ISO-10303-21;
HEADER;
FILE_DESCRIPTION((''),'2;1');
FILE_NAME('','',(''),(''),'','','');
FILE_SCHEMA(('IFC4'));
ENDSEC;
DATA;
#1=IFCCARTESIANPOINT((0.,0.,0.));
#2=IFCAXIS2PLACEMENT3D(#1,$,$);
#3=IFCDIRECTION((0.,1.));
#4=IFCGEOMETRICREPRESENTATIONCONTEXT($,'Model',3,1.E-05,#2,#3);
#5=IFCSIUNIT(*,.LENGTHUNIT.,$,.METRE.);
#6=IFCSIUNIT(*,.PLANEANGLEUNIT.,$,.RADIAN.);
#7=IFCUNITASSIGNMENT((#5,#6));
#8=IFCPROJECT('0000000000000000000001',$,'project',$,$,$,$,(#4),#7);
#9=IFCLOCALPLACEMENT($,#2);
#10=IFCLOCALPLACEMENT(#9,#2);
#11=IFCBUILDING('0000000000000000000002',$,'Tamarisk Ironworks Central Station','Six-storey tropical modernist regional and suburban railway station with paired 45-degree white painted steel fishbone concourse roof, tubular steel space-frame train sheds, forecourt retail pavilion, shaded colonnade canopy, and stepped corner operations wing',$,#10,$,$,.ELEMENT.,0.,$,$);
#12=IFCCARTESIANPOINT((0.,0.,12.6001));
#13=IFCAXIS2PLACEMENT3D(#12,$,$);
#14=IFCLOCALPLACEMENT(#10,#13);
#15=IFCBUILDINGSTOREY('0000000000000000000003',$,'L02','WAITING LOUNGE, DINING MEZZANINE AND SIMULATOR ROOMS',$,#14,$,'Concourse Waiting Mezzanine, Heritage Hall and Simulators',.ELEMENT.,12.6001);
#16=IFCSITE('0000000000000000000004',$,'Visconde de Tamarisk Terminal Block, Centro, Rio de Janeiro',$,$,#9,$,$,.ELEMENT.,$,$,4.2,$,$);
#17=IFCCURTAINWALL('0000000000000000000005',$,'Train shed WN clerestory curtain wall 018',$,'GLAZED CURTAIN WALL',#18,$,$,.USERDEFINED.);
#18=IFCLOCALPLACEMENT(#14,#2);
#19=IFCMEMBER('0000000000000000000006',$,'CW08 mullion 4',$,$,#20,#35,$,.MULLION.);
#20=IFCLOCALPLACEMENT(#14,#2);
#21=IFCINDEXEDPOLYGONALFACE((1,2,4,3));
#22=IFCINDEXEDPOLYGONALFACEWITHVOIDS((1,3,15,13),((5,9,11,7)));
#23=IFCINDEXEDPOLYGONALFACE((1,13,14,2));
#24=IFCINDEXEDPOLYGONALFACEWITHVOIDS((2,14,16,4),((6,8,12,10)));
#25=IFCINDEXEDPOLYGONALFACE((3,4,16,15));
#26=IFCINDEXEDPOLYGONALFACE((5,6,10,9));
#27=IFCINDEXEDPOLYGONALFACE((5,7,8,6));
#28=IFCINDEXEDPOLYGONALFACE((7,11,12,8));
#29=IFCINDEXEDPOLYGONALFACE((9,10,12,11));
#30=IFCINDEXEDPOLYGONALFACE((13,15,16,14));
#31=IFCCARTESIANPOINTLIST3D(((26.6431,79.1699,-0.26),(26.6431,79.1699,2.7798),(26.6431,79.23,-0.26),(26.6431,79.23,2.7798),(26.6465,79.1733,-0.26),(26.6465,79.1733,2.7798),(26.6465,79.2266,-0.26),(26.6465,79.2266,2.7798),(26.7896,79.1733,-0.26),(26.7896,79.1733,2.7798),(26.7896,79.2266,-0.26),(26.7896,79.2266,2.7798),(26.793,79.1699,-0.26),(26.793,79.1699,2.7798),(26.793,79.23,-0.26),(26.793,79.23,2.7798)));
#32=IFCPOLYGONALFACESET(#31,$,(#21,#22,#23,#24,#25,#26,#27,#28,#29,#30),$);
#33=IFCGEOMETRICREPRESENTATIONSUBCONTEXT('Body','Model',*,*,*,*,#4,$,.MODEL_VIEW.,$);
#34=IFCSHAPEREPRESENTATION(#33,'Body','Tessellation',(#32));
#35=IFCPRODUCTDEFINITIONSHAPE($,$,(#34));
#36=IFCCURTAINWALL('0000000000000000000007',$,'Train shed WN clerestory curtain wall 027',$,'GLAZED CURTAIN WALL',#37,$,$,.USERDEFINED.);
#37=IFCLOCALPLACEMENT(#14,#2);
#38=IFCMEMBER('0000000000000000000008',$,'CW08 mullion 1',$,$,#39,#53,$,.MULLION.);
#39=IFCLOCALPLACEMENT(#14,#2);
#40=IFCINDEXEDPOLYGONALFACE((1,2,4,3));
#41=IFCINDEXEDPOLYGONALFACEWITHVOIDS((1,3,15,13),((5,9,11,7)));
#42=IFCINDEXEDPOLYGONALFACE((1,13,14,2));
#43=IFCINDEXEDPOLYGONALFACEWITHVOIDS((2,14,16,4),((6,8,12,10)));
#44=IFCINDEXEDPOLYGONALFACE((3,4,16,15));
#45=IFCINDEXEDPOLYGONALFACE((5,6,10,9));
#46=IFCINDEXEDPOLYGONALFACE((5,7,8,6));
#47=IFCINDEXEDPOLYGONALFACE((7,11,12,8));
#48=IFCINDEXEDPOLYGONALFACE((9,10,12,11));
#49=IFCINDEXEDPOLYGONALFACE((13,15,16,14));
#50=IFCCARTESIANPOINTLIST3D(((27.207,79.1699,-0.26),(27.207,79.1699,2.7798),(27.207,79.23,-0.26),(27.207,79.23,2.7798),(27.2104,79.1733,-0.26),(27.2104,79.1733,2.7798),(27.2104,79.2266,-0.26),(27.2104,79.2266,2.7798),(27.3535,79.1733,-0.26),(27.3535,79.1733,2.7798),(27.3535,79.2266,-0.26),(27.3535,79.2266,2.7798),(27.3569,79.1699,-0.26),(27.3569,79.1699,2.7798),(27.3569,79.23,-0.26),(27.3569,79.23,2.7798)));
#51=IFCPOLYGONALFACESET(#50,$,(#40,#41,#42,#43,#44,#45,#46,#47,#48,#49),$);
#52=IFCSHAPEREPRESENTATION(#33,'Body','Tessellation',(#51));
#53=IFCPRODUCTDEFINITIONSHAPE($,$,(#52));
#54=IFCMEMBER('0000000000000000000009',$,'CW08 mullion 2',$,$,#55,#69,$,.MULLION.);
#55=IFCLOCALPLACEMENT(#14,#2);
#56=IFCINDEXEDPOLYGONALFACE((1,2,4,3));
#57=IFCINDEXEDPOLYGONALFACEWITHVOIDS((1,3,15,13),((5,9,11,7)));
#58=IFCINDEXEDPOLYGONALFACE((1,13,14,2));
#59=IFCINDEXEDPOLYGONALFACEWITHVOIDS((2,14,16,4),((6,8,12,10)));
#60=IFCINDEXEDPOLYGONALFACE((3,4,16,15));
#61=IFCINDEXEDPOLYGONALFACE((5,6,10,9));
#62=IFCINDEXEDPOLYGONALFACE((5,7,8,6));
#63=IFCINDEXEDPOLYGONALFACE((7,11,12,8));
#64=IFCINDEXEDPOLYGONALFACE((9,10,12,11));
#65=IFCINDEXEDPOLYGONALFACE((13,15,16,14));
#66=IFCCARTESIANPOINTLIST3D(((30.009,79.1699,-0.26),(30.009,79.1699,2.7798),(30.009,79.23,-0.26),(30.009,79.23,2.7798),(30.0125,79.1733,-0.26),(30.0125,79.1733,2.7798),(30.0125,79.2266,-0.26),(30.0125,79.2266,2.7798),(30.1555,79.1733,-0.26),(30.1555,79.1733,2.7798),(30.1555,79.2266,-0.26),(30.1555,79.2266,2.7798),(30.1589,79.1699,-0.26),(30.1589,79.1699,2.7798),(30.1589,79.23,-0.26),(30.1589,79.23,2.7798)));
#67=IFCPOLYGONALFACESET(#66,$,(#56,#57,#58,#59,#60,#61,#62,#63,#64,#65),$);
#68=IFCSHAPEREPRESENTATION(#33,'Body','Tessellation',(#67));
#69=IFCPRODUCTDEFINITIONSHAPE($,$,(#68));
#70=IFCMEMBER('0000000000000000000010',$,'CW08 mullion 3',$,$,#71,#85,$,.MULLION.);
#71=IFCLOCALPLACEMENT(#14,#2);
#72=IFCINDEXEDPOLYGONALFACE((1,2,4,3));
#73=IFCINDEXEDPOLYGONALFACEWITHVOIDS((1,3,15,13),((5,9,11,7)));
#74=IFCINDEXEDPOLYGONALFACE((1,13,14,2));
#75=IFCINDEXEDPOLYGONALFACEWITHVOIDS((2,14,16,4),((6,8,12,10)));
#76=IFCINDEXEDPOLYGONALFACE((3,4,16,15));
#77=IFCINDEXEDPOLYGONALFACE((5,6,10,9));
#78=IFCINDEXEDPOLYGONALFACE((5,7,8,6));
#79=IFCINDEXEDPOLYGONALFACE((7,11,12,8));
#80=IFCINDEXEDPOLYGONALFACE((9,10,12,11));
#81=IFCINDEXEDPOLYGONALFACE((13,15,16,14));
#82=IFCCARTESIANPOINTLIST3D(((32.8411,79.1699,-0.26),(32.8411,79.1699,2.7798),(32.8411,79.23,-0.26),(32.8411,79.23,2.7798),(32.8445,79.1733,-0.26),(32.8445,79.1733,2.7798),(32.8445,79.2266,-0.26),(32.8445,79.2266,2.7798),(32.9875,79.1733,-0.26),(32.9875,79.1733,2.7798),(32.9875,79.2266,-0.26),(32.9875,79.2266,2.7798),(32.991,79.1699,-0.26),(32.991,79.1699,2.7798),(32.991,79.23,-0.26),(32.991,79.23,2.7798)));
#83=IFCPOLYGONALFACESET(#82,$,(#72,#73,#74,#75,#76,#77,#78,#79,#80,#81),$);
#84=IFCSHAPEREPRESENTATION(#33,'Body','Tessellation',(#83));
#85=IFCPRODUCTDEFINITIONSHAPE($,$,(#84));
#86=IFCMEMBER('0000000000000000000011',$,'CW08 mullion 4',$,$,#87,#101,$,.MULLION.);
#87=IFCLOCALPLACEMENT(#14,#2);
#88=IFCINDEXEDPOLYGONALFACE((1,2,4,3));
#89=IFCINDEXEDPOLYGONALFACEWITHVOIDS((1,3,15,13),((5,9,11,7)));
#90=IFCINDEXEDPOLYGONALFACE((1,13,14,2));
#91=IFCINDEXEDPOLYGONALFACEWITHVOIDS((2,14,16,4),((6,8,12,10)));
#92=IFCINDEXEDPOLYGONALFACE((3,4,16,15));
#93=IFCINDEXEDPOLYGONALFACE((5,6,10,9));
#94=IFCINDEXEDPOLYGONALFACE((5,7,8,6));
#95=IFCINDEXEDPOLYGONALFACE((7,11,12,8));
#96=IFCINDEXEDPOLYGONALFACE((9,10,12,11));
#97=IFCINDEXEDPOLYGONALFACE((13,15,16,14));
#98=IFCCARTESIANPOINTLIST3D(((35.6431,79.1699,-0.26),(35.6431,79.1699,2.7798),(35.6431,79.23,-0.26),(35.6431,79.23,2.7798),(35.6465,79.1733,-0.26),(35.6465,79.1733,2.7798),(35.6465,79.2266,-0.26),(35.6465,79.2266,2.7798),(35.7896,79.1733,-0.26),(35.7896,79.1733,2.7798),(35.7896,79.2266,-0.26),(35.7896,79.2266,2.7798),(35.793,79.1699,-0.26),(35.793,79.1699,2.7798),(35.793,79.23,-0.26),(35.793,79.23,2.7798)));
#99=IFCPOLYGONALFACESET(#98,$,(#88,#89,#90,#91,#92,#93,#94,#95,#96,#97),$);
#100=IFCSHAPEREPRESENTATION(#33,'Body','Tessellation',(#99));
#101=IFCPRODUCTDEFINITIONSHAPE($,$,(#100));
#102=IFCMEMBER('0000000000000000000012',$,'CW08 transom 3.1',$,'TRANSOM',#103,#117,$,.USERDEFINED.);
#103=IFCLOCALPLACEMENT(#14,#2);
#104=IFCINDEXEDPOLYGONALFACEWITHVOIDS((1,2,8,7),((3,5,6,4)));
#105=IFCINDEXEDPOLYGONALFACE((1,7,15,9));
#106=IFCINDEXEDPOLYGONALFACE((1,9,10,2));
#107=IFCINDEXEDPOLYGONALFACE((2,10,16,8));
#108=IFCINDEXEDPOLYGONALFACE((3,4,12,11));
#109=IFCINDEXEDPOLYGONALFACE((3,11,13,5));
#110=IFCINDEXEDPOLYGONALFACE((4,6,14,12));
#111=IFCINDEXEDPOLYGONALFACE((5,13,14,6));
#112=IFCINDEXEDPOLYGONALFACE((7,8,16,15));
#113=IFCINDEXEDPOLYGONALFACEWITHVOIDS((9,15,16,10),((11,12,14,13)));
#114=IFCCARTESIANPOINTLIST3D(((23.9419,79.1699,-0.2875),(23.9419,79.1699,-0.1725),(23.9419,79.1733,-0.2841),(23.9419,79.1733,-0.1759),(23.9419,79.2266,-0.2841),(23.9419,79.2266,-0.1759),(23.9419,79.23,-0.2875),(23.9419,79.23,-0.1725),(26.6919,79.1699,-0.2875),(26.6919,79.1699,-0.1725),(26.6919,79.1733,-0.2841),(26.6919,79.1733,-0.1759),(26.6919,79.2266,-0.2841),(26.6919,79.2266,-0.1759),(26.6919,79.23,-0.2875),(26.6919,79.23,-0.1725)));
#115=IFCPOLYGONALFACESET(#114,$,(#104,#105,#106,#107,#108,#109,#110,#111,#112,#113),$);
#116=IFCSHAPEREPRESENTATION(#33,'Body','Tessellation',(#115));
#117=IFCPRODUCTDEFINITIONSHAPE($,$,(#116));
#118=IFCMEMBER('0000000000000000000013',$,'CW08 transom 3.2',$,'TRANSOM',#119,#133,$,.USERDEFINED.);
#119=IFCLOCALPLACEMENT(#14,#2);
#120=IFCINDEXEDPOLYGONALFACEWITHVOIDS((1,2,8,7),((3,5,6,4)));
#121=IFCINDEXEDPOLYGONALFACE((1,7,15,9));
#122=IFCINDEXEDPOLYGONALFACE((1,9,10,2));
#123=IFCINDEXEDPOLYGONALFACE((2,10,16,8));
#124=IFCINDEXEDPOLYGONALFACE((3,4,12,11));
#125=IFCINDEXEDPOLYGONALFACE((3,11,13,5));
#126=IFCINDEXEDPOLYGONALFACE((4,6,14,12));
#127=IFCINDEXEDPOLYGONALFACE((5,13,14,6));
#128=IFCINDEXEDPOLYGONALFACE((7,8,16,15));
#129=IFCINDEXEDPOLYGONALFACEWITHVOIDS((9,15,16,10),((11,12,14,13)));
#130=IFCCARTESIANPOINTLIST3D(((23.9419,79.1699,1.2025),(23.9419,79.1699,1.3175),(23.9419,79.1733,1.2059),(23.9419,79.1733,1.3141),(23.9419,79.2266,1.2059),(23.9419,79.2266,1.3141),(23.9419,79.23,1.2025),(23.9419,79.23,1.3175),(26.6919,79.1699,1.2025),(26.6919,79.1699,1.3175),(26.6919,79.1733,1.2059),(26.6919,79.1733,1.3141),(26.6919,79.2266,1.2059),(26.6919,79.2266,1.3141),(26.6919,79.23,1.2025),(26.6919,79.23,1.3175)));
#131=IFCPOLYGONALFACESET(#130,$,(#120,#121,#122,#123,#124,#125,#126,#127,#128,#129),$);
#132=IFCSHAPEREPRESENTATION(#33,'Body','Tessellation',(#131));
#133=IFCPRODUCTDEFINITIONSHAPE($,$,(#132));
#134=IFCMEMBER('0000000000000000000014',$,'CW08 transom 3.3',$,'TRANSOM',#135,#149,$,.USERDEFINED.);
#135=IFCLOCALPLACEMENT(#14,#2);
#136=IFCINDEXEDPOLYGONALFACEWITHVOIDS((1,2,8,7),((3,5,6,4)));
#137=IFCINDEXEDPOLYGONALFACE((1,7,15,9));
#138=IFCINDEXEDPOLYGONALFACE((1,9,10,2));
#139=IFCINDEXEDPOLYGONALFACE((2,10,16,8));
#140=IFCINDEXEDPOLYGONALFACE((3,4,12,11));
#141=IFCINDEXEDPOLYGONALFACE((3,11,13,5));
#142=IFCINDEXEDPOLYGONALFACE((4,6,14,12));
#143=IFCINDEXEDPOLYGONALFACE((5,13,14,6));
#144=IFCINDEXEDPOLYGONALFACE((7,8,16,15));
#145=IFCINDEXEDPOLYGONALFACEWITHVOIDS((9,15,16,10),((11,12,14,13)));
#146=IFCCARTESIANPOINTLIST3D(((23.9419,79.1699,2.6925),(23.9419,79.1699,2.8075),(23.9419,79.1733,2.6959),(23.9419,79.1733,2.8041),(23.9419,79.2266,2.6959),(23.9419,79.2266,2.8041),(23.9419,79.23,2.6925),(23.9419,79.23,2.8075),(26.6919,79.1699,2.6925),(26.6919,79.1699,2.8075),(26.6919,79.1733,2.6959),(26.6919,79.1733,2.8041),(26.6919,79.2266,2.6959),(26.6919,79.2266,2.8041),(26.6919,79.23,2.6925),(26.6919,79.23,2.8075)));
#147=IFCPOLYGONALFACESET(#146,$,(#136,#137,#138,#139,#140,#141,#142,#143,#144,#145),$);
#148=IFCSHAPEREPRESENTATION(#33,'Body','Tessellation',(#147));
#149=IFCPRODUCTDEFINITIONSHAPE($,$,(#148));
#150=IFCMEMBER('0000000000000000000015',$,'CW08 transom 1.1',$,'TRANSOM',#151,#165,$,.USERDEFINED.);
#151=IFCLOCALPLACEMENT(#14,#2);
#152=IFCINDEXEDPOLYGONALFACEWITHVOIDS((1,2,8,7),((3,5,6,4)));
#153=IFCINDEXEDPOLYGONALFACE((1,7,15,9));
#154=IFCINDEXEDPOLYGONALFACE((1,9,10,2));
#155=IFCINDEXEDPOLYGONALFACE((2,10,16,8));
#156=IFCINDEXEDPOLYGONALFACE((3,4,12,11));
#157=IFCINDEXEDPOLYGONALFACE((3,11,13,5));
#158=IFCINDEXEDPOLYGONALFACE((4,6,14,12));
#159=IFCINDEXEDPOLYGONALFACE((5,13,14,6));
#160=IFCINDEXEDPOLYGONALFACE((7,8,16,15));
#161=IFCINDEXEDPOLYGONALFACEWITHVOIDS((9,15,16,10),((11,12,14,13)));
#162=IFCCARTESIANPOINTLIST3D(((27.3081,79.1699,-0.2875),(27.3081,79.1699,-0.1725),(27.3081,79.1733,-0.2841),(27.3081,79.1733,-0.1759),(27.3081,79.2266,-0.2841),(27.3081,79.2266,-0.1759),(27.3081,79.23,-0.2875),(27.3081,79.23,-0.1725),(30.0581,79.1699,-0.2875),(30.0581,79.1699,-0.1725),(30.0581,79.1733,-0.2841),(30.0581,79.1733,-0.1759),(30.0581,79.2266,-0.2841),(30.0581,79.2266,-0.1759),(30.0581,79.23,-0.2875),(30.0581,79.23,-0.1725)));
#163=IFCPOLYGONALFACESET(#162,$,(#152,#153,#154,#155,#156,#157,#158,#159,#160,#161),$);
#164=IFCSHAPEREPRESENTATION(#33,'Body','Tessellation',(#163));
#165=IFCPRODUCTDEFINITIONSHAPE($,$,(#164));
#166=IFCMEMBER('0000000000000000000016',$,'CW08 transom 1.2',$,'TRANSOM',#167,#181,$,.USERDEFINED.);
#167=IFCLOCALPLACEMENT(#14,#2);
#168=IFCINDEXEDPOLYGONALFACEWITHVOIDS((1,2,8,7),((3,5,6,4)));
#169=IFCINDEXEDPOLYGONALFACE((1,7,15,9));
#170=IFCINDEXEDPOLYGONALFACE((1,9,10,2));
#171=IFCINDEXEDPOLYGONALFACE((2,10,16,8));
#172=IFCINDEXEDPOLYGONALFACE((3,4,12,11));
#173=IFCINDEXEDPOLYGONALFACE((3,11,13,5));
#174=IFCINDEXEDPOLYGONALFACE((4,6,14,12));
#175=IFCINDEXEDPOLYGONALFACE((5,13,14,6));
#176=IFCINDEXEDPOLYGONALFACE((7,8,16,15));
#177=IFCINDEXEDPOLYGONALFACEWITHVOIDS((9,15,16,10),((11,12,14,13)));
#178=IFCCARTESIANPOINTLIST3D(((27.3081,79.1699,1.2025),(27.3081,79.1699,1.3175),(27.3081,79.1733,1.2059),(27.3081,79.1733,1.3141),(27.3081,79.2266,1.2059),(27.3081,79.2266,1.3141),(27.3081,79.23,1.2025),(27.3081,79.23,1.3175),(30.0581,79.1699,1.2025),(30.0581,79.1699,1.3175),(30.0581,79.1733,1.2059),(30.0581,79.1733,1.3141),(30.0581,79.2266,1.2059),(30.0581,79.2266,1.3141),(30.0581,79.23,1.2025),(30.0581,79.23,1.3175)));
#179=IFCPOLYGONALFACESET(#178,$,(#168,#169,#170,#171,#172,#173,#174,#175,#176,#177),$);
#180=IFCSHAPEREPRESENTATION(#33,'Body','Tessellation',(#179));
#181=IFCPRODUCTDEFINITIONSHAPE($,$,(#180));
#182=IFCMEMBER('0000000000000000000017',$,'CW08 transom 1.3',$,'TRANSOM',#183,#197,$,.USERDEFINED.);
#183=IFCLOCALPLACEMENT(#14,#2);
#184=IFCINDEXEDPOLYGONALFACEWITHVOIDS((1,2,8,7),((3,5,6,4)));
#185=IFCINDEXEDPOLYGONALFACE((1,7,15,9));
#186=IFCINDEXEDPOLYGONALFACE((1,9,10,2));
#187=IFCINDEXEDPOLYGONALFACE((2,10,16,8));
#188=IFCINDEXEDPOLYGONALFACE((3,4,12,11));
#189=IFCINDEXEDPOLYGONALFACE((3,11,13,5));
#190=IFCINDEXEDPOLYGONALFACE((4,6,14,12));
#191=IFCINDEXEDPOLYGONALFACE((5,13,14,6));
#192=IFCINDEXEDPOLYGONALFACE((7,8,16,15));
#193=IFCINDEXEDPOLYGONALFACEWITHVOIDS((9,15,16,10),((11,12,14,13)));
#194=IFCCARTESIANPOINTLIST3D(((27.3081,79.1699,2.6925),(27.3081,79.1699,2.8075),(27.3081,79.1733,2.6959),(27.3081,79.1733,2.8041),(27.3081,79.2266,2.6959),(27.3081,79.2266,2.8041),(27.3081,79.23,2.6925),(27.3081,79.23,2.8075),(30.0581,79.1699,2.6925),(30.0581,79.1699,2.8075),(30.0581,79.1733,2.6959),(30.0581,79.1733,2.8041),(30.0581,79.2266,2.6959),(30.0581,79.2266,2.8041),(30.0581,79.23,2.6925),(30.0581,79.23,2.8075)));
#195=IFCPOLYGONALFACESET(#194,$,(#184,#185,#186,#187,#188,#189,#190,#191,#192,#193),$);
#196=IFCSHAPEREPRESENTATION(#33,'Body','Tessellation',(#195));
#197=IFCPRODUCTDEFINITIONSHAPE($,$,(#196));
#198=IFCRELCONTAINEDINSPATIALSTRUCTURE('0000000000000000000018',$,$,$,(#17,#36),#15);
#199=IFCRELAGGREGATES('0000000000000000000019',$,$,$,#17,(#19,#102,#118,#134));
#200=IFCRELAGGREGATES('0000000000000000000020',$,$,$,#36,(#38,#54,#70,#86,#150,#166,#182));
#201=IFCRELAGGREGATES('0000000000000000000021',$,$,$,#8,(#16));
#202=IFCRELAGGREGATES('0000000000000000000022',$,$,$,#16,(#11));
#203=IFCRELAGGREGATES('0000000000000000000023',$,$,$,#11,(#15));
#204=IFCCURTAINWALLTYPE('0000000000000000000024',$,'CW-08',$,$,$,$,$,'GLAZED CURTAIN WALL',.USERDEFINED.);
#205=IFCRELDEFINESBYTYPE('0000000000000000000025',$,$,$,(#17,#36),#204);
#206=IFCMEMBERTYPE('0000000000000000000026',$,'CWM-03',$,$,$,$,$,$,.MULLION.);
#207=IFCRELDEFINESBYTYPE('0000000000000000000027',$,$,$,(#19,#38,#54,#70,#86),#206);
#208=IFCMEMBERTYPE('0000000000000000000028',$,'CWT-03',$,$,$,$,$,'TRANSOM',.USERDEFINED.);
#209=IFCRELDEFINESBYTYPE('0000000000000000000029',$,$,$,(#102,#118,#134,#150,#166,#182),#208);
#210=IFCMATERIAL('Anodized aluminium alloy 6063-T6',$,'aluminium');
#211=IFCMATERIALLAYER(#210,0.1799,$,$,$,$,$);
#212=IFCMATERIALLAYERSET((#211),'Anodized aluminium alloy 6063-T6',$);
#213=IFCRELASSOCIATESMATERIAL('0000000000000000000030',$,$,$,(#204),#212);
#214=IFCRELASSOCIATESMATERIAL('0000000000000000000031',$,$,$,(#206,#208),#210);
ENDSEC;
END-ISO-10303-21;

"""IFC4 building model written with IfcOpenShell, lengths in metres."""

from ifc_helpers import new_model, si_unit, direction, frame, origin, origin_2d, place, context, subcontext, project, spatial, hollow_rectangle, extrude, material, layer, layer_set, material_profile, profile_set, type_object, element, aggregate, save


model = new_model("IFC4")

# Units and contexts
model_context = context("Model", 3, precision=1e-05, world=origin(), true_north=direction((0.0, 1.0)))
body_context = subcontext(model_context, "Body", "Model", "MODEL_VIEW")
ifc_project = project(units=[si_unit("LENGTHUNIT", "METRE"), si_unit("PLANEANGLEUNIT", "RADIAN")], contexts=[model_context])

# Site, building, storey
site_placement = place(None, origin())
site = spatial("IfcSite", under=ifc_project, at=site_placement, Name="Visconde de Tamarisk Terminal Block, Centro, Rio de Janeiro", CompositionType="ELEMENT", RefElevation=4.2)
building_placement = place(site_placement, origin())
building = spatial("IfcBuilding", under=site, at=building_placement, Name="Tamarisk Ironworks Central Station", Description="Six-storey tropical modernist regional and suburban railway station with paired 45-degree white painted steel fishbone concourse roof, tubular steel space-frame train sheds, forecourt retail pavilion, shaded colonnade canopy, and stepped corner operations wing", CompositionType="ELEMENT", ElevationOfRefHeight=0.0)
storey_placement = place(building_placement, frame((0.0, 0.0, 12.6001)))
storey = spatial("IfcBuildingStorey", under=building, at=storey_placement, Name="L02", Description="WAITING LOUNGE, DINING MEZZANINE AND SIMULATOR ROOMS", LongName="Concourse Waiting Mezzanine, Heritage Hall and Simulators", CompositionType="ELEMENT", Elevation=12.6001)

# Curtain walls, members
ifc_material_1 = material(Name="Anodized aluminium alloy 6063-T6", Category="aluminium")
ifc_layer_1 = layer(ifc_material_1, 0.1799)
ifc_layer_set_1 = layer_set([ifc_layer_1], Name="Anodized aluminium alloy 6063-T6")
curtain_wall_type = type_object("IfcCurtainWallType", Name="CW-08", ElementType="GLAZED CURTAIN WALL", PredefinedType="USERDEFINED", material=ifc_layer_set_1)
curtain_wall_1_placement = place(storey_placement, origin())
curtain_wall_1 = element("IfcCurtainWall", 1, at=curtain_wall_1_placement, inside=storey, type_object=curtain_wall_type, Name="Train shed WN clerestory curtain wall 018", ObjectType="GLAZED CURTAIN WALL", PredefinedType="USERDEFINED")
ifc_material_profile_1 = material_profile(ifc_material_1, hollow_rectangle(XDim=0.0601, YDim=0.1499, WallThickness=0.0034, at=origin_2d()), Name="ALUM 150x60")
ifc_profile_set_1 = profile_set([ifc_material_profile_1], Name="Anodized aluminium alloy 6063-T6")
member_type_1 = type_object("IfcMemberType", Name="CWM-03", PredefinedType="MULLION", material=ifc_profile_set_1)
member_1_placement = place(storey_placement, frame((26.718, 79.2, -0.26), z_axis=(0.0, 0.0, 1.0), x_axis=(0.0, 1.0, 0.0)))
member_1 = element("IfcMember", 2, at=member_1_placement, type_object=member_type_1, Name="CW08 mullion 4", PredefinedType="MULLION", context=body_context, shape_type="SweptSolid", body=[
    extrude(hollow_rectangle(XDim=0.0601, YDim=0.1499, WallThickness=0.0034, at=origin_2d()), origin(), (0.0, 0.0, 1.0), 3.0398),
])
curtain_wall_2_placement = place(storey_placement, origin())
curtain_wall_2 = element("IfcCurtainWall", 3, at=curtain_wall_2_placement, inside=storey, type_object=curtain_wall_type, Name="Train shed WN clerestory curtain wall 027", ObjectType="GLAZED CURTAIN WALL", PredefinedType="USERDEFINED")
member_2_placement = place(storey_placement, frame((27.282, 79.2, -0.26), z_axis=(0.0, 0.0, 1.0), x_axis=(0.0, 1.0, 0.0)))
member_2 = element("IfcMember", 4, at=member_2_placement, type_object=member_type_1, Name="CW08 mullion 1", PredefinedType="MULLION", context=body_context, shape_type="SweptSolid", body=[
    extrude(hollow_rectangle(XDim=0.0601, YDim=0.1499, WallThickness=0.0034, at=origin_2d()), origin(), (0.0, 0.0, 1.0), 3.0398),
])
member_3_placement = place(storey_placement, frame((30.084, 79.2, -0.26), z_axis=(0.0, 0.0, 1.0), x_axis=(0.0, 1.0, 0.0)))
member_3 = element("IfcMember", 5, at=member_3_placement, type_object=member_type_1, Name="CW08 mullion 2", PredefinedType="MULLION", context=body_context, shape_type="SweptSolid", body=[
    extrude(hollow_rectangle(XDim=0.0601, YDim=0.1499, WallThickness=0.0034, at=origin_2d()), origin(), (0.0, 0.0, 1.0), 3.0398),
])
member_4_placement = place(storey_placement, frame((32.916, 79.2, -0.26), z_axis=(0.0, 0.0, 1.0), x_axis=(0.0, 1.0, 0.0)))
member_4 = element("IfcMember", 6, at=member_4_placement, type_object=member_type_1, Name="CW08 mullion 3", PredefinedType="MULLION", context=body_context, shape_type="SweptSolid", body=[
    extrude(hollow_rectangle(XDim=0.0601, YDim=0.1499, WallThickness=0.0034, at=origin_2d()), origin(), (0.0, 0.0, 1.0), 3.0398),
])
member_5_placement = place(storey_placement, frame((35.718, 79.2, -0.26), z_axis=(0.0, 0.0, 1.0), x_axis=(0.0, 1.0, 0.0)))
member_5 = element("IfcMember", 7, at=member_5_placement, type_object=member_type_1, Name="CW08 mullion 4", PredefinedType="MULLION", context=body_context, shape_type="SweptSolid", body=[
    extrude(hollow_rectangle(XDim=0.0601, YDim=0.1499, WallThickness=0.0034, at=origin_2d()), origin(), (0.0, 0.0, 1.0), 3.0398),
])

# Members
ifc_material_profile_2 = material_profile(ifc_material_1, hollow_rectangle(XDim=0.0601, YDim=0.115, WallThickness=0.0034, at=origin_2d()), Name="ALUM 115x60")
ifc_profile_set_2 = profile_set([ifc_material_profile_2], Name="Anodized aluminium alloy 6063-T6")
member_type_2 = type_object("IfcMemberType", Name="CWT-03", ElementType="TRANSOM", PredefinedType="USERDEFINED", material=ifc_profile_set_2)
member_6_placement = place(storey_placement, frame((23.9419, 79.2, -0.23), z_axis=(1.0, 0.0, 0.0), x_axis=(0.0, 1.0, 0.0)))
member_6 = element("IfcMember", 8, at=member_6_placement, type_object=member_type_2, Name="CW08 transom 3.1", ObjectType="TRANSOM", PredefinedType="USERDEFINED", context=body_context, shape_type="SweptSolid", body=[
    extrude(hollow_rectangle(XDim=0.0601, YDim=0.115, WallThickness=0.0034, at=origin_2d()), origin(), (0.0, 0.0, 1.0), 2.75),
])
member_7_placement = place(storey_placement, frame((23.9419, 79.2, 1.26), z_axis=(1.0, 0.0, 0.0), x_axis=(0.0, 1.0, 0.0)))
member_7 = element("IfcMember", 9, at=member_7_placement, type_object=member_type_2, Name="CW08 transom 3.2", ObjectType="TRANSOM", PredefinedType="USERDEFINED", context=body_context, shape_type="SweptSolid", body=[
    extrude(hollow_rectangle(XDim=0.0601, YDim=0.115, WallThickness=0.0034, at=origin_2d()), origin(), (0.0, 0.0, 1.0), 2.75),
])
member_8_placement = place(storey_placement, frame((23.9419, 79.2, 2.75), z_axis=(1.0, 0.0, 0.0), x_axis=(0.0, 1.0, 0.0)))
member_8 = element("IfcMember", 10, at=member_8_placement, type_object=member_type_2, Name="CW08 transom 3.3", ObjectType="TRANSOM", PredefinedType="USERDEFINED", context=body_context, shape_type="SweptSolid", body=[
    extrude(hollow_rectangle(XDim=0.0601, YDim=0.115, WallThickness=0.0034, at=origin_2d()), origin(), (0.0, 0.0, 1.0), 2.75),
])
member_9_placement = place(storey_placement, frame((27.3081, 79.2, -0.23), z_axis=(1.0, 0.0, 0.0), x_axis=(0.0, 1.0, 0.0)))
member_9 = element("IfcMember", 11, at=member_9_placement, type_object=member_type_2, Name="CW08 transom 1.1", ObjectType="TRANSOM", PredefinedType="USERDEFINED", context=body_context, shape_type="SweptSolid", body=[
    extrude(hollow_rectangle(XDim=0.0601, YDim=0.115, WallThickness=0.0034, at=origin_2d()), origin(), (0.0, 0.0, 1.0), 2.75),
])
member_10_placement = place(storey_placement, frame((27.3081, 79.2, 1.26), z_axis=(1.0, 0.0, 0.0), x_axis=(0.0, 1.0, 0.0)))
member_10 = element("IfcMember", 12, at=member_10_placement, type_object=member_type_2, Name="CW08 transom 1.2", ObjectType="TRANSOM", PredefinedType="USERDEFINED", context=body_context, shape_type="SweptSolid", body=[
    extrude(hollow_rectangle(XDim=0.0601, YDim=0.115, WallThickness=0.0034, at=origin_2d()), origin(), (0.0, 0.0, 1.0), 2.75),
])
member_11_placement = place(storey_placement, frame((27.3081, 79.2, 2.75), z_axis=(1.0, 0.0, 0.0), x_axis=(0.0, 1.0, 0.0)))
member_11 = element("IfcMember", 13, at=member_11_placement, type_object=member_type_2, Name="CW08 transom 1.3", ObjectType="TRANSOM", PredefinedType="USERDEFINED", context=body_context, shape_type="SweptSolid", body=[
    extrude(hollow_rectangle(XDim=0.0601, YDim=0.115, WallThickness=0.0034, at=origin_2d()), origin(), (0.0, 0.0, 1.0), 2.75),
])

aggregate(curtain_wall_1, [member_1, member_6, member_7, member_8])
aggregate(curtain_wall_2, [member_2, member_3, member_4, member_5, member_9, member_10, member_11])

save(model, "model.ifc")
